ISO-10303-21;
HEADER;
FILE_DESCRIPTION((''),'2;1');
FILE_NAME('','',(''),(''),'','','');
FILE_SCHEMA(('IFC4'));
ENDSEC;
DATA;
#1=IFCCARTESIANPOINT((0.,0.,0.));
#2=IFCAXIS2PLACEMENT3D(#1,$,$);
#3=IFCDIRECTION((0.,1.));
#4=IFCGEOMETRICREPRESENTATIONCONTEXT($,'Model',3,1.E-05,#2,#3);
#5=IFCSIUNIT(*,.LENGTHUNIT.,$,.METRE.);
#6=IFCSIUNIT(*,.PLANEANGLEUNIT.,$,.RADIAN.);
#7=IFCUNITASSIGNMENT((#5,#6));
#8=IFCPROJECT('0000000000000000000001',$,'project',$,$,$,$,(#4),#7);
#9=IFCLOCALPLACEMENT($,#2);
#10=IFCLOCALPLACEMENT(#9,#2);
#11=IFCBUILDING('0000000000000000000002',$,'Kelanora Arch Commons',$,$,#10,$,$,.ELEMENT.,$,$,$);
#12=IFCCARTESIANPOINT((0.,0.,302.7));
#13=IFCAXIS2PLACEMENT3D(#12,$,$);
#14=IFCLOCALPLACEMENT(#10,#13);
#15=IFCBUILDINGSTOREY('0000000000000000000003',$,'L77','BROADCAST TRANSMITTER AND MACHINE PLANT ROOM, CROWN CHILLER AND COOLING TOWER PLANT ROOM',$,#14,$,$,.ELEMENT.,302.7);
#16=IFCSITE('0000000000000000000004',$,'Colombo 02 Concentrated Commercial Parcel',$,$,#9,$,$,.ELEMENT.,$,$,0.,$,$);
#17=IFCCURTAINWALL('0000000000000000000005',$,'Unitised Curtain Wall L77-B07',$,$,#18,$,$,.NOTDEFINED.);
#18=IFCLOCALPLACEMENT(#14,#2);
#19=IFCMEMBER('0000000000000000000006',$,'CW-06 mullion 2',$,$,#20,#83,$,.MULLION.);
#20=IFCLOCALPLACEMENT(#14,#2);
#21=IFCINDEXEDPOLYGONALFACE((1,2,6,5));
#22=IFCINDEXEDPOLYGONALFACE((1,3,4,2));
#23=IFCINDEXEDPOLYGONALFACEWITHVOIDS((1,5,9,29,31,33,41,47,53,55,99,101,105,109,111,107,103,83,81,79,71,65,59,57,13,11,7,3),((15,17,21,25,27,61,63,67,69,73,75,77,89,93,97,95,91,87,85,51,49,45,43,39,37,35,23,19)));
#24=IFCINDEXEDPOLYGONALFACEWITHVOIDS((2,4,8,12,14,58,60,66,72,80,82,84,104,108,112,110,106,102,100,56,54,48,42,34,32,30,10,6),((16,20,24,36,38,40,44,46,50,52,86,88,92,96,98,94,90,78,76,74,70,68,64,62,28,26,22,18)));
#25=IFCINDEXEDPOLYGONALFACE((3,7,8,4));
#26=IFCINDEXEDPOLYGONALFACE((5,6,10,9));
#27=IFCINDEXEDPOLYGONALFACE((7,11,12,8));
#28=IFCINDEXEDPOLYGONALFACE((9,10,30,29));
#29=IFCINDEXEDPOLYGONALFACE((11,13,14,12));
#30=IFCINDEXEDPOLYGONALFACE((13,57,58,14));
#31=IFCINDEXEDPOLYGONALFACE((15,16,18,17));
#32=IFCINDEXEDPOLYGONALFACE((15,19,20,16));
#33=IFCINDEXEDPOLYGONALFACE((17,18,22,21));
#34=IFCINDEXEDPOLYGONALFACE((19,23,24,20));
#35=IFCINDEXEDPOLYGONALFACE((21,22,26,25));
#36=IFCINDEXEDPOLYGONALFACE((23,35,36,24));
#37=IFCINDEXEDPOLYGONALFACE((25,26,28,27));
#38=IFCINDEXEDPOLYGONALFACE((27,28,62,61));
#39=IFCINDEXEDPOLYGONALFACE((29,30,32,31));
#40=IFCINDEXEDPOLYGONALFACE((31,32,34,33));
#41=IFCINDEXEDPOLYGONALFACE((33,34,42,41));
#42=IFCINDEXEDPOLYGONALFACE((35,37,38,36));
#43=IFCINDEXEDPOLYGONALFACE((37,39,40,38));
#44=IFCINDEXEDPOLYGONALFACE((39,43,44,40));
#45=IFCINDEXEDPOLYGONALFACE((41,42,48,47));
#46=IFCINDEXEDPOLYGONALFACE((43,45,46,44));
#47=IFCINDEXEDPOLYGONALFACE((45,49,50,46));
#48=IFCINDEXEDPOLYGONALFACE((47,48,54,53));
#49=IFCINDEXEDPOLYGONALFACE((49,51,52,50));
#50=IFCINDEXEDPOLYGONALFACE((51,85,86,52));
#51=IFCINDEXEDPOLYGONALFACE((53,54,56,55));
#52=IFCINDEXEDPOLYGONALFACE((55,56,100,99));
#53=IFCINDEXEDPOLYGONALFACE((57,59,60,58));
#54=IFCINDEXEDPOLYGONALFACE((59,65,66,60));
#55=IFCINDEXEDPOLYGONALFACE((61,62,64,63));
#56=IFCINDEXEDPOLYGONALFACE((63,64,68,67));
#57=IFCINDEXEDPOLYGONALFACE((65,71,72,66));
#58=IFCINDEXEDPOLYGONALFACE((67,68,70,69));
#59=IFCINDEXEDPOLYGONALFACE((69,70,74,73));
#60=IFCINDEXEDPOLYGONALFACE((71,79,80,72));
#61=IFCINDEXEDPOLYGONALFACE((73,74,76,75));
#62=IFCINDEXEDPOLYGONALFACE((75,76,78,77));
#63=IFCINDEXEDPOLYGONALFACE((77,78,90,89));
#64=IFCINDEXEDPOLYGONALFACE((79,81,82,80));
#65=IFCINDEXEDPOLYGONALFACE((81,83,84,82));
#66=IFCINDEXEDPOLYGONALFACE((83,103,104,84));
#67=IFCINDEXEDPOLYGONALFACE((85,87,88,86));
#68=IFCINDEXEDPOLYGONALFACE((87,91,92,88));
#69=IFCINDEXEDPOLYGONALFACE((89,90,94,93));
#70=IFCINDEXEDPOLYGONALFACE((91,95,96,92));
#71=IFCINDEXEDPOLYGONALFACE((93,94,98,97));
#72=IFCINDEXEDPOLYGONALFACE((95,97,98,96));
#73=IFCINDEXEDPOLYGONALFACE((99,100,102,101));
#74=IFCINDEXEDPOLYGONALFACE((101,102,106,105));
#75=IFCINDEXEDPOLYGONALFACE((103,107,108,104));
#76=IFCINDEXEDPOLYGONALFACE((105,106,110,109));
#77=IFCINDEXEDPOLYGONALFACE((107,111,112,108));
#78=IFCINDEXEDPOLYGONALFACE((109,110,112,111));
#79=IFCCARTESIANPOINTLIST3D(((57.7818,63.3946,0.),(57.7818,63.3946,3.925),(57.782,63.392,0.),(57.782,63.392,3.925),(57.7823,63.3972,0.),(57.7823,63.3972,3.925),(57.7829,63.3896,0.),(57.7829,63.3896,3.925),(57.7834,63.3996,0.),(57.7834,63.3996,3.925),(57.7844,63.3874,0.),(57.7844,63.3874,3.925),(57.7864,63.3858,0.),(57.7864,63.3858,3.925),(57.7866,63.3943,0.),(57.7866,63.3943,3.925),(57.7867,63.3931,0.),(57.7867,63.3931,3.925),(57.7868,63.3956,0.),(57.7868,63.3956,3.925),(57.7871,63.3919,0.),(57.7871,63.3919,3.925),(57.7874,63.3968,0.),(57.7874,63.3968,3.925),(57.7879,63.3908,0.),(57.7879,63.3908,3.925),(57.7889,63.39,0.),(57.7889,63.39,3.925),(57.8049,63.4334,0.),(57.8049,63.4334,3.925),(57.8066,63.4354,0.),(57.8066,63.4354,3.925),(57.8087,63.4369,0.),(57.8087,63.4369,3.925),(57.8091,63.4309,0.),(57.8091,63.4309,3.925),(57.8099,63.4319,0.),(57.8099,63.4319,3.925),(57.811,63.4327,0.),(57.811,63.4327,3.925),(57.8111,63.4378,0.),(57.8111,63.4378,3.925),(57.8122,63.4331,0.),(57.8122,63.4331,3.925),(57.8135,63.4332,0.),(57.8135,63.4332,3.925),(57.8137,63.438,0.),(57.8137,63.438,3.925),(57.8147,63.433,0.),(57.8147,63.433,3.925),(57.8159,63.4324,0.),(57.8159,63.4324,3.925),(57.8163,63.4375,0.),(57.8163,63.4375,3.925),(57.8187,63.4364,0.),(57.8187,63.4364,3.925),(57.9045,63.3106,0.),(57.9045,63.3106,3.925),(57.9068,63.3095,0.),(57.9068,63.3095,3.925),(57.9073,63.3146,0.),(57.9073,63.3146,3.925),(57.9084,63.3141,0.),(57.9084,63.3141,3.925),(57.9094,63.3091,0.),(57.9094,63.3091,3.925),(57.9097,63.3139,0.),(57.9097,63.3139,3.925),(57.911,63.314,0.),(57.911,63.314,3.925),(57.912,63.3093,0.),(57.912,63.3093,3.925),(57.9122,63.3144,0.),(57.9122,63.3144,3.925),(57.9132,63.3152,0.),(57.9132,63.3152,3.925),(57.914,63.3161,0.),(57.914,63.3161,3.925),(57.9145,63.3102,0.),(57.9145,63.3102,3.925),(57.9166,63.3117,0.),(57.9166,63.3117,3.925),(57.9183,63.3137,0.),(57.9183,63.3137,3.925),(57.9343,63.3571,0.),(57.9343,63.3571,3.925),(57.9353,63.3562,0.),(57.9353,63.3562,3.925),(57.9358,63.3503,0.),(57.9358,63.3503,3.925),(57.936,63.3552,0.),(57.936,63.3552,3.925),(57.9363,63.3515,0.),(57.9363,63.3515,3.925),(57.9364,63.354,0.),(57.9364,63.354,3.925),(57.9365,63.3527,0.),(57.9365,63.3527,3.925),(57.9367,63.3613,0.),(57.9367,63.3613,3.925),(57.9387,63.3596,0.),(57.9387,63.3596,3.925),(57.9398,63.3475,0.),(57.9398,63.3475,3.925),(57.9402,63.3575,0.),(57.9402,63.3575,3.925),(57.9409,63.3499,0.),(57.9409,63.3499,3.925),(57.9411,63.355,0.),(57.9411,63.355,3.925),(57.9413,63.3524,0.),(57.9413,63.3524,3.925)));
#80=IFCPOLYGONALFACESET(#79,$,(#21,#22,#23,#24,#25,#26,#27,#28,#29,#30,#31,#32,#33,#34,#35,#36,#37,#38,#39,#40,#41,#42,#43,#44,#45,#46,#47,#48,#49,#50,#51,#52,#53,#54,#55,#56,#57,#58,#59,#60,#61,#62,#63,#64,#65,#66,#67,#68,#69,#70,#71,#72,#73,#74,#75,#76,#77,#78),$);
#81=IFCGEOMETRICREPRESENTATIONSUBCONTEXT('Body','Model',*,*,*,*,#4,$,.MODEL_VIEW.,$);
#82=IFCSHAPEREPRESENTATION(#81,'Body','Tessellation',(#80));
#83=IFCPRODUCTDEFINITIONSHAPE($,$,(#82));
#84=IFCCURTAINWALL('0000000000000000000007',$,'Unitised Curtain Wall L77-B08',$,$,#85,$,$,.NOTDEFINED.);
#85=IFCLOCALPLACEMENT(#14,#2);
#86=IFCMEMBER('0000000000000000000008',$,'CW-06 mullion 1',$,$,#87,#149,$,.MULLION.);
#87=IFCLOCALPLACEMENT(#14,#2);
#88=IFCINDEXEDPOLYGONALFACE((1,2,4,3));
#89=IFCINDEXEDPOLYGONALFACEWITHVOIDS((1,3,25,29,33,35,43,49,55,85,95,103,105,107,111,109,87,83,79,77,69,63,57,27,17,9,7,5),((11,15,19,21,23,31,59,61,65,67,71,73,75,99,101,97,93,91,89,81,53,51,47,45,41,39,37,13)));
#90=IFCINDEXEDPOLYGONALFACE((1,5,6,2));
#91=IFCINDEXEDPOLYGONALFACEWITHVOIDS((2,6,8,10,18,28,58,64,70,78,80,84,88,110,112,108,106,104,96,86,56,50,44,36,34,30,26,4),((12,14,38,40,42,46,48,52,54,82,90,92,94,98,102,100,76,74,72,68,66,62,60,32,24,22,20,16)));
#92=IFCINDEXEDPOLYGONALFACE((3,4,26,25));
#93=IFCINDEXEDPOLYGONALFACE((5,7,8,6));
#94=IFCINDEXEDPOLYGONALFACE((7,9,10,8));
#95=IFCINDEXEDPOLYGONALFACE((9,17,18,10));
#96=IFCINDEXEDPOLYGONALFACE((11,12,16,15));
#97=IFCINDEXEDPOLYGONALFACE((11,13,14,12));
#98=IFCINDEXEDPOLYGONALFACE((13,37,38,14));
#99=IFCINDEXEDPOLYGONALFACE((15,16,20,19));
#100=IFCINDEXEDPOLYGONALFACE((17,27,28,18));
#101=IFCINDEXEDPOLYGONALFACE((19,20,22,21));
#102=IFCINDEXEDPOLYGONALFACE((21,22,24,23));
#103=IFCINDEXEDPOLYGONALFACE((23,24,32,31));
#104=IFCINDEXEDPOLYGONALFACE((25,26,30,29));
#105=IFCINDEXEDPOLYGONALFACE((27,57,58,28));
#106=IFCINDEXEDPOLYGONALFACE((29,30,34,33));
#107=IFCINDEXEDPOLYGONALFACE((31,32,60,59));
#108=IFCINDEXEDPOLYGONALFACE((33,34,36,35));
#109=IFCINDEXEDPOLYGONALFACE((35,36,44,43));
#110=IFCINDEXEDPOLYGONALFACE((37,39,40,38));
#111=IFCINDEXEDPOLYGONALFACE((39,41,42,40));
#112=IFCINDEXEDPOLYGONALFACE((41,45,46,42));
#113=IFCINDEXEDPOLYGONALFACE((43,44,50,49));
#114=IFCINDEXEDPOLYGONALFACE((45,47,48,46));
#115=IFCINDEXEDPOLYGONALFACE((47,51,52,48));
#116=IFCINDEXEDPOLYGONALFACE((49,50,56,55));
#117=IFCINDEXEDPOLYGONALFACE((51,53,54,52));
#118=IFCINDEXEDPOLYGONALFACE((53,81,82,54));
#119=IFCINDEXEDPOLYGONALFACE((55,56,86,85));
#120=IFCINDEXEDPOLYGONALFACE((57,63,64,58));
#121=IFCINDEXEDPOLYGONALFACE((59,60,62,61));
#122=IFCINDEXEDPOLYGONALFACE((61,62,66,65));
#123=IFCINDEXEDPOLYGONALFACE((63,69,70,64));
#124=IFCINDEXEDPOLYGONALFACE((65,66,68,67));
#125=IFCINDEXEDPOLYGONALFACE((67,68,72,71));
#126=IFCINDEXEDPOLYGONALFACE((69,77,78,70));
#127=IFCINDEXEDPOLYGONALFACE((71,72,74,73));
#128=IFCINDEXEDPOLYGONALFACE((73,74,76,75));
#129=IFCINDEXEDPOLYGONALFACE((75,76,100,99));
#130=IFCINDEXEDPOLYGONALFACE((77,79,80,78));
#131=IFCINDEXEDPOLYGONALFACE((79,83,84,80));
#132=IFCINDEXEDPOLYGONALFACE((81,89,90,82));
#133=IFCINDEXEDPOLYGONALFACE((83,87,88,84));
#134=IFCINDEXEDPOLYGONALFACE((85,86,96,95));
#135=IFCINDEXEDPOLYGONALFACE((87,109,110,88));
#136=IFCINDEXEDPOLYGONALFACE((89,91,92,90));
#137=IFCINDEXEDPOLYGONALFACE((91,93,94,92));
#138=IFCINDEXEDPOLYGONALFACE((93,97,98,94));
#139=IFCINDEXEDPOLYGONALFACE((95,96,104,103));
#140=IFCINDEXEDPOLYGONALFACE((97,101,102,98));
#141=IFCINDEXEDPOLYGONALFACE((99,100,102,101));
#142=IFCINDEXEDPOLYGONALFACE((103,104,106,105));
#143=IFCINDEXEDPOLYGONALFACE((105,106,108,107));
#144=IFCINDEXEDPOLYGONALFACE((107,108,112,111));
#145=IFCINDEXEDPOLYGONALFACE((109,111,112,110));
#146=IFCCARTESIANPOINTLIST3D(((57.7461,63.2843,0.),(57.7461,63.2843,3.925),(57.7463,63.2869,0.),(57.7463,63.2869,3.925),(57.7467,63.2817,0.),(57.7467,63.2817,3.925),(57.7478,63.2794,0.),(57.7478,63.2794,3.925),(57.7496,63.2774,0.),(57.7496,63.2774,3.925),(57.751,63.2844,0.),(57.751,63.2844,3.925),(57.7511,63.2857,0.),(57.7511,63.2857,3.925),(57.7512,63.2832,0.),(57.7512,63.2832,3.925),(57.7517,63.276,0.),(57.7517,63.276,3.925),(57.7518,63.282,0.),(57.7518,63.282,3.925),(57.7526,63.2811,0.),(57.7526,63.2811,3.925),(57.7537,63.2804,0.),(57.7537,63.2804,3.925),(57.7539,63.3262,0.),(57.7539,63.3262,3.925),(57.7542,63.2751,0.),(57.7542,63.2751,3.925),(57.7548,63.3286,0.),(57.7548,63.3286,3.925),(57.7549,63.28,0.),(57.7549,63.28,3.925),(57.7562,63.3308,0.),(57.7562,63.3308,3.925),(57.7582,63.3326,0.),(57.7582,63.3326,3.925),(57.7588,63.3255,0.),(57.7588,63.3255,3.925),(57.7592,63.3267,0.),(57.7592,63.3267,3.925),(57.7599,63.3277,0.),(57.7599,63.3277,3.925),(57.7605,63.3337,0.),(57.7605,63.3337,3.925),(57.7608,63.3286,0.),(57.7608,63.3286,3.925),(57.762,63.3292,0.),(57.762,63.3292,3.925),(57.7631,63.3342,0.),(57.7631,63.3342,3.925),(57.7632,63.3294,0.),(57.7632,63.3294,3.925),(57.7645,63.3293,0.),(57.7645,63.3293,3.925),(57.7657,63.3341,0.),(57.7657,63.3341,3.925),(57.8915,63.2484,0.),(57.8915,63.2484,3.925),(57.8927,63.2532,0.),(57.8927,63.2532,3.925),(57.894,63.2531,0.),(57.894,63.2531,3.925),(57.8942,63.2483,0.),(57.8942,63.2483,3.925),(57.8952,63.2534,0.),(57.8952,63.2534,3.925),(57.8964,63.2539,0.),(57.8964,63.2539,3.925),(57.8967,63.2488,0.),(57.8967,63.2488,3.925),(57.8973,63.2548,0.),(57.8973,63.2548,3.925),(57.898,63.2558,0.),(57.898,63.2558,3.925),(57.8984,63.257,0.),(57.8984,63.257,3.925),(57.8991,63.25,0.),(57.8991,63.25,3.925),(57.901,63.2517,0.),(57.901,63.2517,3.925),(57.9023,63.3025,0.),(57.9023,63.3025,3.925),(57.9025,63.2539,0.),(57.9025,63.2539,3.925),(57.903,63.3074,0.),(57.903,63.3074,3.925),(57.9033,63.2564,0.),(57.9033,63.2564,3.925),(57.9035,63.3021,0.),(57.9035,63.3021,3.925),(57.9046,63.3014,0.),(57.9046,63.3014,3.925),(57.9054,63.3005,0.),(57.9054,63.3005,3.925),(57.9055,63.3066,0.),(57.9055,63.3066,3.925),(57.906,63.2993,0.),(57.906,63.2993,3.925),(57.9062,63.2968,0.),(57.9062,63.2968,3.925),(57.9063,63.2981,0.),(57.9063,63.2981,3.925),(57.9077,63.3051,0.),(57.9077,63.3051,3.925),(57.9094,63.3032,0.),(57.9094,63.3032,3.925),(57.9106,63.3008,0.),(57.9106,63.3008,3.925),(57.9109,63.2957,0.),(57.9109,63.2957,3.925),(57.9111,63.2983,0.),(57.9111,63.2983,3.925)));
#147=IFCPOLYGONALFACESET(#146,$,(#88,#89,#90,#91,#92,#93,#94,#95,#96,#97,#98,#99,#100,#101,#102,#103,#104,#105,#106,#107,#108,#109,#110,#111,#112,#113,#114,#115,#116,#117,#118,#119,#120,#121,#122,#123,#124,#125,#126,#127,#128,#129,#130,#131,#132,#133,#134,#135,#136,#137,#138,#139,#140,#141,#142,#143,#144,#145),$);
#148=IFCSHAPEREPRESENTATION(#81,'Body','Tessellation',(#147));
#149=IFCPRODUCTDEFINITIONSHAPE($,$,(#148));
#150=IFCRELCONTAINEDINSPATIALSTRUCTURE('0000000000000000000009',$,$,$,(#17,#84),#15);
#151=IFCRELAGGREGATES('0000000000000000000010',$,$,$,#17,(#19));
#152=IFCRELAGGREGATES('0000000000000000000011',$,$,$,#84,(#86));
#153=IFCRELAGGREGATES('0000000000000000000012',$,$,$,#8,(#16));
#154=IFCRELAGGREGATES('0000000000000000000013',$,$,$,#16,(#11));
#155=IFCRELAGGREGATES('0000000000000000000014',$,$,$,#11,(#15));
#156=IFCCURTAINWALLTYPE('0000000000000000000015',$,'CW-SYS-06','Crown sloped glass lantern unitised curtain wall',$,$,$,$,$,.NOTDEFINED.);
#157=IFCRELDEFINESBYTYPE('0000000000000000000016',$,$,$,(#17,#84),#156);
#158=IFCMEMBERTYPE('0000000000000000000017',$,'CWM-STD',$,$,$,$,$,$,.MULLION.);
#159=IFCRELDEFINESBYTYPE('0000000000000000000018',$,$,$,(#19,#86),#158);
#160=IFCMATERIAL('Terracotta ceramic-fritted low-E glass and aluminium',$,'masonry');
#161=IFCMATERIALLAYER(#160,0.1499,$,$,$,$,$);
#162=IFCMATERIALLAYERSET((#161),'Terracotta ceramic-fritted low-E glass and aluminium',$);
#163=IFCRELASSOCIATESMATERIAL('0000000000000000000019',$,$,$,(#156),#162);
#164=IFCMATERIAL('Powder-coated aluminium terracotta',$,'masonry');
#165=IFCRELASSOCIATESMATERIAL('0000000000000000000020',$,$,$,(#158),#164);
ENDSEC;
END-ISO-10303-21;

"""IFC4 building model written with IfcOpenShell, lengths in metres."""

from ifc_helpers import new_model, si_unit, direction, frame, origin, origin_2d, place, context, subcontext, project, spatial, hollow_rectangle, extrude, material, layer, layer_set, material_profile, profile_set, type_object, element, aggregate, save


model = new_model("IFC4")

# Units and contexts
model_context = context("Model", 3, precision=1e-05, world=origin(), true_north=direction((0.0, 1.0)))
body_context = subcontext(model_context, "Body", "Model", "MODEL_VIEW")
ifc_project = project(units=[si_unit("LENGTHUNIT", "METRE"), si_unit("PLANEANGLEUNIT", "RADIAN")], contexts=[model_context])

# Site, building, storey
site_placement = place(None, origin())
site = spatial("IfcSite", under=ifc_project, at=site_placement, Name="Colombo 02 Concentrated Commercial Parcel", CompositionType="ELEMENT", RefElevation=0.0)
building_placement = place(site_placement, origin())
building = spatial("IfcBuilding", under=site, at=building_placement, Name="Kelanora Arch Commons", CompositionType="ELEMENT")
storey_placement = place(building_placement, frame((0.0, 0.0, 302.7)))
storey = spatial("IfcBuildingStorey", under=building, at=storey_placement, Name="L77", Description="BROADCAST TRANSMITTER AND MACHINE PLANT ROOM, CROWN CHILLER AND COOLING TOWER PLANT ROOM", CompositionType="ELEMENT", Elevation=302.7)

# Curtain wall, member
ifc_material_1 = material(Name="Terracotta ceramic-fritted low-E glass and aluminium", Category="masonry")
ifc_layer_1 = layer(ifc_material_1, 0.1499)
ifc_layer_set_1 = layer_set([ifc_layer_1], Name="Terracotta ceramic-fritted low-E glass and aluminium")
curtain_wall_type = type_object("IfcCurtainWallType", Name="CW-SYS-06", Description="Crown sloped glass lantern unitised curtain wall", PredefinedType="NOTDEFINED", material=ifc_layer_set_1)
curtain_wall_1_placement = place(storey_placement, origin())
curtain_wall_1 = element("IfcCurtainWall", 1, at=curtain_wall_1_placement, inside=storey, type_object=curtain_wall_type, Name="Unitised Curtain Wall L77-B07", PredefinedType="NOTDEFINED")
ifc_material_2 = material(Name="Powder-coated aluminium terracotta", Category="masonry")
ifc_material_profile_1 = material_profile(ifc_material_2, hollow_rectangle(XDim=0.1599, YDim=0.0601, WallThickness=0.0049, InnerFilletRadius=0.0049, OuterFilletRadius=0.01, at=origin_2d()), Name="CWM160x60")
ifc_profile_set_1 = profile_set([ifc_material_profile_1], Name="Powder-coated aluminium terracotta")
member_type_1 = type_object("IfcMemberType", Name="CWM-STD", PredefinedType="MULLION", material=ifc_profile_set_1)
member_1_placement = place(storey_placement, frame((57.8616, 63.3735, 0.0), z_axis=(0.0, 0.0, 1.0), x_axis=(0.843592, -0.536984, 0.0)))
member_1 = element("IfcMember", 2, at=member_1_placement, type_object=member_type_1, Name="CW-06 mullion 2", PredefinedType="MULLION", context=body_context, shape_type="SweptSolid", body=[
    extrude(hollow_rectangle(XDim=0.1599, YDim=0.0601, WallThickness=0.0049, InnerFilletRadius=0.0049, OuterFilletRadius=0.01, at=origin_2d()), origin(), (0.0, 0.0, 1.0), 3.925),
])
aggregate(curtain_wall_1, [member_1])

# Curtain wall, member
curtain_wall_2_placement = place(storey_placement, origin())
curtain_wall_2 = element("IfcCurtainWall", 3, at=curtain_wall_2_placement, inside=storey, type_object=curtain_wall_type, Name="Unitised Curtain Wall L77-B08", PredefinedType="NOTDEFINED")
member_2_placement = place(storey_placement, frame((57.8286, 63.2913, 0.0), z_axis=(0.0, 0.0, 1.0), x_axis=(0.981624, -0.190827, 0.0)))
member_2 = element("IfcMember", 4, at=member_2_placement, type_object=member_type_1, Name="CW-06 mullion 1", PredefinedType="MULLION", context=body_context, shape_type="SweptSolid", body=[
    extrude(hollow_rectangle(XDim=0.1599, YDim=0.0601, WallThickness=0.0049, InnerFilletRadius=0.0049, OuterFilletRadius=0.01, at=origin_2d()), origin(), (0.0, 0.0, 1.0), 3.925),
])

aggregate(curtain_wall_2, [member_2])

save(model, "model.ifc")
